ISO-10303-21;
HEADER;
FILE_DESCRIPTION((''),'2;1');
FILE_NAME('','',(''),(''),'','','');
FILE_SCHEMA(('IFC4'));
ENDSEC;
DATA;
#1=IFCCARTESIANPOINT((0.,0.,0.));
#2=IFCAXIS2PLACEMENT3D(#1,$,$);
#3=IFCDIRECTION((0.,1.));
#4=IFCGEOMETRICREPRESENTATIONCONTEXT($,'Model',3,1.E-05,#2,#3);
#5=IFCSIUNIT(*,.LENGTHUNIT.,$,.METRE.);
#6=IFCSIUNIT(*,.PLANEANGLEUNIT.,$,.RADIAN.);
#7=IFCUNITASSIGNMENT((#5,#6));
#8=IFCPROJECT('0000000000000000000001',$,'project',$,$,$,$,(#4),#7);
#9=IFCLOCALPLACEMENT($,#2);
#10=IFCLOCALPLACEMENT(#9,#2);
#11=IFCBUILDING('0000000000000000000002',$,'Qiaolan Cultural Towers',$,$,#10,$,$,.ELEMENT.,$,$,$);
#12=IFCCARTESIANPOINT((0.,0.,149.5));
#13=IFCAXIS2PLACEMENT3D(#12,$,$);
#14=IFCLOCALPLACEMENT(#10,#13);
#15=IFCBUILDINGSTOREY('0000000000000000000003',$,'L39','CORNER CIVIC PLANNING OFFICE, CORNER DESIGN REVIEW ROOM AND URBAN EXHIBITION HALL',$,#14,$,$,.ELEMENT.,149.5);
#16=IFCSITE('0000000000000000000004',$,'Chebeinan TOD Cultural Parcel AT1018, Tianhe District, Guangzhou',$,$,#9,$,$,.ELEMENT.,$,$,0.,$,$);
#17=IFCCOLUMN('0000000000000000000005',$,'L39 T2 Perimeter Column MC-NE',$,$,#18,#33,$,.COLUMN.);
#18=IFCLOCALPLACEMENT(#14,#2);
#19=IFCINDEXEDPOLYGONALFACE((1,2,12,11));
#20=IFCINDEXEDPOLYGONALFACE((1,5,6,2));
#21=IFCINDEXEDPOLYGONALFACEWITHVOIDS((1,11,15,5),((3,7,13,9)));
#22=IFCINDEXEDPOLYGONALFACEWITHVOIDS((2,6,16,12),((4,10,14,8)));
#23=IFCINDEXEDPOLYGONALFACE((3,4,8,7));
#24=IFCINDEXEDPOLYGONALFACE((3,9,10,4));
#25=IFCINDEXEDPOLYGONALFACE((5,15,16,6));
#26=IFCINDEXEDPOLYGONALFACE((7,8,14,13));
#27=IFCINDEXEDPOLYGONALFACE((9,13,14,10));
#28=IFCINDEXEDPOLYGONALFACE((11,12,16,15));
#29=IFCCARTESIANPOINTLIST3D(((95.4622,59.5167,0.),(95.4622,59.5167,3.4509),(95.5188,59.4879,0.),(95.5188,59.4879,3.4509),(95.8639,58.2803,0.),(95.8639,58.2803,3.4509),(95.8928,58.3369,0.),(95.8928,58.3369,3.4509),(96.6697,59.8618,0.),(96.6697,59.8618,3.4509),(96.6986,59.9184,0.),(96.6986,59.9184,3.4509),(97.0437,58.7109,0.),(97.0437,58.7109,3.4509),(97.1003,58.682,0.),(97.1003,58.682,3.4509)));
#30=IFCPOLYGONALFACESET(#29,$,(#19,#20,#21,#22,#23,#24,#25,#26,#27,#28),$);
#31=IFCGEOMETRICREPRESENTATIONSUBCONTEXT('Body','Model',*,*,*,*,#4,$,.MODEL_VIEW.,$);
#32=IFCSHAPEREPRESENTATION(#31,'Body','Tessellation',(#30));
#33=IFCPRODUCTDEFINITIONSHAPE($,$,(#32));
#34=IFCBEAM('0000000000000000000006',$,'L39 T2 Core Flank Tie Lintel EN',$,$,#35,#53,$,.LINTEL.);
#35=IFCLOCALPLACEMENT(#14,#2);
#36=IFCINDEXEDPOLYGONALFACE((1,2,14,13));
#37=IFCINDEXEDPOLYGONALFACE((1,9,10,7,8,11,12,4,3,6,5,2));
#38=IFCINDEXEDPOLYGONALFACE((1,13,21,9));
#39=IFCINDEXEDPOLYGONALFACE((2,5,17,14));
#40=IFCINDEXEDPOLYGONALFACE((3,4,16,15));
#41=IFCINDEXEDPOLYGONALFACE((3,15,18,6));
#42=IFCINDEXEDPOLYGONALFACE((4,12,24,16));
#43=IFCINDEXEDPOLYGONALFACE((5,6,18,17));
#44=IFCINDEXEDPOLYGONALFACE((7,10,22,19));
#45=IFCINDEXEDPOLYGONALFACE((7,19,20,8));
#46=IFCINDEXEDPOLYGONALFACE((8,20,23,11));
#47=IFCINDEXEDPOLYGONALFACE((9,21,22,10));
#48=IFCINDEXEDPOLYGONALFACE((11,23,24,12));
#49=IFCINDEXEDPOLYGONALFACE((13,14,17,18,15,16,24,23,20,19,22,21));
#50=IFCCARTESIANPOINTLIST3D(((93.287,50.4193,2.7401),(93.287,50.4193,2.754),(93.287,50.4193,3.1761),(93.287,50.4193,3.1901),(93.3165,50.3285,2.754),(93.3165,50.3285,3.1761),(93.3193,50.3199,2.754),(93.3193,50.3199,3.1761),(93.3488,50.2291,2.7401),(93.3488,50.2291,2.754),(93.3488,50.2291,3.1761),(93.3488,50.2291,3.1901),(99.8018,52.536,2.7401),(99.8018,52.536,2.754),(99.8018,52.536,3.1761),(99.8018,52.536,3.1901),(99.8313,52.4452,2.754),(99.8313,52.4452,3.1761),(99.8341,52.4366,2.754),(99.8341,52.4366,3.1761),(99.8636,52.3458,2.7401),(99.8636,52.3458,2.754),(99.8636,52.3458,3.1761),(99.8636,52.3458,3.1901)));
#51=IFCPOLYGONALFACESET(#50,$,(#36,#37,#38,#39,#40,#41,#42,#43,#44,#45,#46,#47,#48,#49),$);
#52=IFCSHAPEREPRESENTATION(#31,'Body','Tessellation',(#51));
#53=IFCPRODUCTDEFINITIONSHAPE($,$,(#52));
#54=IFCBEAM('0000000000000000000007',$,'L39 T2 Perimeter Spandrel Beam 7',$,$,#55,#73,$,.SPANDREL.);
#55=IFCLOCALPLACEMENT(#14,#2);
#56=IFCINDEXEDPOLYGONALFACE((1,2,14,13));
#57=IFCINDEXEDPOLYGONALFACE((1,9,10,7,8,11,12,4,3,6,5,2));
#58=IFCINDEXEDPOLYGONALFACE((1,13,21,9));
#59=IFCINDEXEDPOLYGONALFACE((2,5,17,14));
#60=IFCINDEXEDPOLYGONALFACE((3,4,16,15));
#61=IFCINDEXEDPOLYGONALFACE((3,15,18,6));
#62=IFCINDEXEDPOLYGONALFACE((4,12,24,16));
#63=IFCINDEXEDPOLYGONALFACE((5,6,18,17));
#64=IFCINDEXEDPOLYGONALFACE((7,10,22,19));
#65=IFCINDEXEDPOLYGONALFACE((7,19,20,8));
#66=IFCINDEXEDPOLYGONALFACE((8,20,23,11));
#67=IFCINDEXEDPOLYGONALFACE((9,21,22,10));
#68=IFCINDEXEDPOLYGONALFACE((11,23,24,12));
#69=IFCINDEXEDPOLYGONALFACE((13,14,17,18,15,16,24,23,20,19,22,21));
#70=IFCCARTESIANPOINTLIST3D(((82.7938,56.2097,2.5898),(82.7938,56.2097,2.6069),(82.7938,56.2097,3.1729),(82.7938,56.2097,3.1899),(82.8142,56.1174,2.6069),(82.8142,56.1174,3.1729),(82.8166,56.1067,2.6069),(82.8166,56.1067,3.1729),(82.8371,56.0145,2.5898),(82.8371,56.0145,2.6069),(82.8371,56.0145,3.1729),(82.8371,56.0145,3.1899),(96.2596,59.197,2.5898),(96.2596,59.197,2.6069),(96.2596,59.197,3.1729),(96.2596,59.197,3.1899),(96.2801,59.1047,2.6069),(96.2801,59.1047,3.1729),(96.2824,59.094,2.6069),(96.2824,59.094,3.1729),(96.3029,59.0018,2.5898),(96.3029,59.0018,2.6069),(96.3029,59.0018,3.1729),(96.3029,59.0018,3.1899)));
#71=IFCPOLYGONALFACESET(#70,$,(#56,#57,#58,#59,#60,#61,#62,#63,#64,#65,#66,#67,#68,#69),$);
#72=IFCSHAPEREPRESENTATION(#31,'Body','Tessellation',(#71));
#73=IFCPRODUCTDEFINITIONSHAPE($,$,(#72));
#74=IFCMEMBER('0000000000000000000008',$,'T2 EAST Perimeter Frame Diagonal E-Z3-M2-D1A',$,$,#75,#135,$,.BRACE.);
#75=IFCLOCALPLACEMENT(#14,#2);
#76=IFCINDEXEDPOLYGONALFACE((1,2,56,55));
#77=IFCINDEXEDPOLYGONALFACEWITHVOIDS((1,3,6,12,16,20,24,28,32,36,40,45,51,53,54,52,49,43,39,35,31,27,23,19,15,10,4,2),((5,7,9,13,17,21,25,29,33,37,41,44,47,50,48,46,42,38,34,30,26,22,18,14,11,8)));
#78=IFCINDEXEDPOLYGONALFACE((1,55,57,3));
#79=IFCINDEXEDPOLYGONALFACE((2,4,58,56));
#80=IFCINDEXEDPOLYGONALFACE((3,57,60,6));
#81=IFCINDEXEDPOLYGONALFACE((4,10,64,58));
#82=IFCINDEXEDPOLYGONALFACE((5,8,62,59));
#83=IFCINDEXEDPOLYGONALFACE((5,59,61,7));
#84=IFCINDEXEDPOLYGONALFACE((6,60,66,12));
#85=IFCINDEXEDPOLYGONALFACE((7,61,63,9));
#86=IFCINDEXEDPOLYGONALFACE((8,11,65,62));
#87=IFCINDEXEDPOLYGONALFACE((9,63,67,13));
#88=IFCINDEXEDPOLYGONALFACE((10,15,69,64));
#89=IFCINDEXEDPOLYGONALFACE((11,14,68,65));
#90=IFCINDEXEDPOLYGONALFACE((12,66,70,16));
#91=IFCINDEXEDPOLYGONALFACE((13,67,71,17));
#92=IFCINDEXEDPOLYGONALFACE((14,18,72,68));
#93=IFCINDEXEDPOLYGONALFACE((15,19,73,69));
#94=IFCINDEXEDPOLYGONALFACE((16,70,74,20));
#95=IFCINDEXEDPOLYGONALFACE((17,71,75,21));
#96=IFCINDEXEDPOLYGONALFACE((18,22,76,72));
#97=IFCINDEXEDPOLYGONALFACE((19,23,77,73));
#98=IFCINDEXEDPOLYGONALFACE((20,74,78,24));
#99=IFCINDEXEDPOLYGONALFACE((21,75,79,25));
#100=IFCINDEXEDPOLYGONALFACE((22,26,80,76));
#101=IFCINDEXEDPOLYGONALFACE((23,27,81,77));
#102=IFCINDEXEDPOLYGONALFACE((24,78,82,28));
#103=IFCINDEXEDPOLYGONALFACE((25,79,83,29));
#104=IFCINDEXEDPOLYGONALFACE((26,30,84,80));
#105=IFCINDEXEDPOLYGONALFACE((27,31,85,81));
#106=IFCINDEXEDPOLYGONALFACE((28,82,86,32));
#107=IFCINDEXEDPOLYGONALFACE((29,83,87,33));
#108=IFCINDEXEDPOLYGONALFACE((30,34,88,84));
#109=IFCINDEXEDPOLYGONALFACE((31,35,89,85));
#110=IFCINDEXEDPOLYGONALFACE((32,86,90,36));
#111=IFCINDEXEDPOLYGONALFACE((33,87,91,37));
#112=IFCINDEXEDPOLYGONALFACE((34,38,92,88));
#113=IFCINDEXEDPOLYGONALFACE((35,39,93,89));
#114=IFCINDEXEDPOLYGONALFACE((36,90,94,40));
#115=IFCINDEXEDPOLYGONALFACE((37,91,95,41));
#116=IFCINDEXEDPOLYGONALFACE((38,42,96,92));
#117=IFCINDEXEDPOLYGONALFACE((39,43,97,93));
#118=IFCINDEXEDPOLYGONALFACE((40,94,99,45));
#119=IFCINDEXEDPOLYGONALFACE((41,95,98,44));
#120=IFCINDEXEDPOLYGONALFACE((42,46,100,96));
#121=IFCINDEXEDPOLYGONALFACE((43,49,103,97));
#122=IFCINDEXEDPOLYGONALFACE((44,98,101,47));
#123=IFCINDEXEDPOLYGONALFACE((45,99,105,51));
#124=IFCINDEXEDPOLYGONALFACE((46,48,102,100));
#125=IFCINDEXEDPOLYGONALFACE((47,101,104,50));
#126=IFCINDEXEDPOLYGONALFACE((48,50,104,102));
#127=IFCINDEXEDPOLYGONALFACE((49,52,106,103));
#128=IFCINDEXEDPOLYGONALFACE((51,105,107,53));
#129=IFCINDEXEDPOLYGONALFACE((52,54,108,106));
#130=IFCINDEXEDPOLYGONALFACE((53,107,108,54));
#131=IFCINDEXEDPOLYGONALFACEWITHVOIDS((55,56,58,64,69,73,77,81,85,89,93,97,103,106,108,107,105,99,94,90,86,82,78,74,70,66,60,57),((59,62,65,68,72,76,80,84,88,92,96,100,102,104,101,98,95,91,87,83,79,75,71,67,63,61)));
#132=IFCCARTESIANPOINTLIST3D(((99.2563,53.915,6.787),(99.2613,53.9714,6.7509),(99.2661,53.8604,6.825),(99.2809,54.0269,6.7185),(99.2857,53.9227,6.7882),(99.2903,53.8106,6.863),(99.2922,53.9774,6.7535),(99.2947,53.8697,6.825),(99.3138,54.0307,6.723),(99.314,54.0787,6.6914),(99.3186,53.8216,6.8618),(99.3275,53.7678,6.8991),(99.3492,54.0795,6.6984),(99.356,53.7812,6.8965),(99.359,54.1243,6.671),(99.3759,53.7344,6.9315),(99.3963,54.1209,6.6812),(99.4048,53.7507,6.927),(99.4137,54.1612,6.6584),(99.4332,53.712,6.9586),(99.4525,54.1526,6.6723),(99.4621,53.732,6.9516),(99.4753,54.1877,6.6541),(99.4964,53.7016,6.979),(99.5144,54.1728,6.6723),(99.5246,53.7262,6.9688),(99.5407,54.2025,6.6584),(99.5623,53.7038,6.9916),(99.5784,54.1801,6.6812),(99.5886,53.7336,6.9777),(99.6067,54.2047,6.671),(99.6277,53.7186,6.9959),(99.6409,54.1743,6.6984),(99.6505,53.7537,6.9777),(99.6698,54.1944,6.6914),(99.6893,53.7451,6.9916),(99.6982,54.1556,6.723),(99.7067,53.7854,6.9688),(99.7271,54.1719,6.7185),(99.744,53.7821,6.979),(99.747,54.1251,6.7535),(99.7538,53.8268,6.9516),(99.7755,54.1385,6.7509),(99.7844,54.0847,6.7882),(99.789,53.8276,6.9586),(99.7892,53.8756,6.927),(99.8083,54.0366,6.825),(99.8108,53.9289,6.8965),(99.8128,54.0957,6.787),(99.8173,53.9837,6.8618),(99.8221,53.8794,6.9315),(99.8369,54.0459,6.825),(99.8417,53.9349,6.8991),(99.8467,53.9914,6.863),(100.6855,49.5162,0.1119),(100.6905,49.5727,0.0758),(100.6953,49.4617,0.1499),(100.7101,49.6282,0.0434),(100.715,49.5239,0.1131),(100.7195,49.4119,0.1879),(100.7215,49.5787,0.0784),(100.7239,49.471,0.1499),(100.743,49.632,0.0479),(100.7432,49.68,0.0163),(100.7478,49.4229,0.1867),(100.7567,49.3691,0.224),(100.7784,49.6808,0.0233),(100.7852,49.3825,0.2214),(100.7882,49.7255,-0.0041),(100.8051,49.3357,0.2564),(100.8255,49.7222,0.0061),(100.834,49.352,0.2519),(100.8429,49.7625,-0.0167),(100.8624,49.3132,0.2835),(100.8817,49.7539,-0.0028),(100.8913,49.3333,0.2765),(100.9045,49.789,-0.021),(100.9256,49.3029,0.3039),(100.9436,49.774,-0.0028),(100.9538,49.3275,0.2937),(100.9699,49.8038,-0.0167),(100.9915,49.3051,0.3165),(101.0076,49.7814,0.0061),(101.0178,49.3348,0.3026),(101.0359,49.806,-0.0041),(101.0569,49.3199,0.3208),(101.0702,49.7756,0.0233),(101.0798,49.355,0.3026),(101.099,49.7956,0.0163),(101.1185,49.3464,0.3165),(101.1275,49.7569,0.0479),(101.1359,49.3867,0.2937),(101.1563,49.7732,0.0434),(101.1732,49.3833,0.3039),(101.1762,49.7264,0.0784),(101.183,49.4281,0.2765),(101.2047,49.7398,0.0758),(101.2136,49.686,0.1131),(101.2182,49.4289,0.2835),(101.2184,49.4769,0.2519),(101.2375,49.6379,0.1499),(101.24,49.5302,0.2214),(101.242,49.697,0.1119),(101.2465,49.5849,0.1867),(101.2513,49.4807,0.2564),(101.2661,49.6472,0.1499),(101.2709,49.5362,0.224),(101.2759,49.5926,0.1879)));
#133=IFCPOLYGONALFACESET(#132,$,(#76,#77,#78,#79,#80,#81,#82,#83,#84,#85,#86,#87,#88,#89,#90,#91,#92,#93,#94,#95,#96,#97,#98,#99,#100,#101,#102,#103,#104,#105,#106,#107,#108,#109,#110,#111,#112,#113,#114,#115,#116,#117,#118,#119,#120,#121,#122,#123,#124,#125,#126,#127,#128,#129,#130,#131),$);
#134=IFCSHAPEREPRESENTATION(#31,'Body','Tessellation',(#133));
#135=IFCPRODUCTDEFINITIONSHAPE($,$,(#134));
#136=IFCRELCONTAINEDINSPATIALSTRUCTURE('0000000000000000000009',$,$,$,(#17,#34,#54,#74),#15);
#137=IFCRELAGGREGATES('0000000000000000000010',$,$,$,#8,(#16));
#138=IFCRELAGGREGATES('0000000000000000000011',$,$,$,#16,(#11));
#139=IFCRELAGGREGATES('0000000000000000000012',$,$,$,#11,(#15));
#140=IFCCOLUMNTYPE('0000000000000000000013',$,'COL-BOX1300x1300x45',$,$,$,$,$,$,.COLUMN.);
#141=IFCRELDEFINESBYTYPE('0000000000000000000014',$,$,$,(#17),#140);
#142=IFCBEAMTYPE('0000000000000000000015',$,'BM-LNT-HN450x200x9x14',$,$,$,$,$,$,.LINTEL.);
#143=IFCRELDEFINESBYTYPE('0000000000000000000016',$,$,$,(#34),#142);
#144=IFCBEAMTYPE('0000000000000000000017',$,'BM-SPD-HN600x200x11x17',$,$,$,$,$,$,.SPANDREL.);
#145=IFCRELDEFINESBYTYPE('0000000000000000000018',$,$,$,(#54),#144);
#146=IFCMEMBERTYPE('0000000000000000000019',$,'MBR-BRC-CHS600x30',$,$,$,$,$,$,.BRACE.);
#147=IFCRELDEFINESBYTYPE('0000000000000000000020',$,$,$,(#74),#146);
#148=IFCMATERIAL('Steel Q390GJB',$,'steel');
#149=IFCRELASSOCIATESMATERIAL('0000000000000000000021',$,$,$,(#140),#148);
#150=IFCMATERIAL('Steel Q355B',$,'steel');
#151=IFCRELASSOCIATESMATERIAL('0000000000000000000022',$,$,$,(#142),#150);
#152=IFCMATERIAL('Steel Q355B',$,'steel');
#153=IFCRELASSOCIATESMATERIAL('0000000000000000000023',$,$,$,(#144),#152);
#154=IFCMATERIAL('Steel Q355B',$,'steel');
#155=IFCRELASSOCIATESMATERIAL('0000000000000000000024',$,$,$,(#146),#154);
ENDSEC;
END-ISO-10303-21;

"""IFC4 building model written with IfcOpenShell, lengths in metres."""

from ifc_helpers import new_model, si_unit, direction, frame, origin, origin_2d, place, context, subcontext, project, spatial, hollow_rectangle, hollow_circle, i_section, extrude, material, material_profile, profile_set, type_object, element, save


model = new_model("IFC4")

# Units and contexts
model_context = context("Model", 3, precision=1e-05, world=origin(), true_north=direction((0.0, 1.0)))
body_context = subcontext(model_context, "Body", "Model", "MODEL_VIEW")
ifc_project = project(units=[si_unit("LENGTHUNIT", "METRE"), si_unit("PLANEANGLEUNIT", "RADIAN")], contexts=[model_context])

# Site, building, storey
site_placement = place(None, origin())
site = spatial("IfcSite", under=ifc_project, at=site_placement, Name="Chebeinan TOD Cultural Parcel AT1018, Tianhe District, Guangzhou", CompositionType="ELEMENT", RefElevation=0.0)
building_placement = place(site_placement, origin())
building = spatial("IfcBuilding", under=site, at=building_placement, Name="Qiaolan Cultural Towers", CompositionType="ELEMENT")
storey_placement = place(building_placement, frame((0.0, 0.0, 149.5)))
storey = spatial("IfcBuildingStorey", under=building, at=storey_placement, Name="L39", Description="CORNER CIVIC PLANNING OFFICE, CORNER DESIGN REVIEW ROOM AND URBAN EXHIBITION HALL", CompositionType="ELEMENT", Elevation=149.5)

# Column
ifc_material_1 = material(Name="Steel Q390GJB", Category="steel")
ifc_material_profile_1 = material_profile(ifc_material_1, hollow_rectangle(XDim=1.3, YDim=1.3, WallThickness=0.0449, at=origin_2d()), Name="BOX1300x1300x45")
ifc_profile_set_1 = profile_set([ifc_material_profile_1], Name="Steel Q390GJB")
column_type = type_object("IfcColumnType", Name="COL-BOX1300x1300x45", PredefinedType="COLUMN", material=ifc_profile_set_1)
column_placement = place(storey_placement, frame((96.2812, 59.0994, 0.0), z_axis=(0.0, 0.0, 1.0), x_axis=(0.951057, 0.309017, 0.0)))
element("IfcColumn", 1, at=column_placement, inside=storey, type_object=column_type, Name="L39 T2 Perimeter Column MC-NE", PredefinedType="COLUMN", context=body_context, shape_type="SweptSolid", body=[
    extrude(hollow_rectangle(XDim=1.3, YDim=1.3, WallThickness=0.0449, at=origin_2d()), origin(), (0.0, 0.0, 1.0), 3.4509),
])

# Beams
ifc_material_2 = material(Name="Steel Q355B", Category="steel")
ifc_material_profile_2 = material_profile(ifc_material_2, i_section(OverallWidth=0.2, OverallDepth=0.45, WebThickness=0.009, FlangeThickness=0.0139, at=origin_2d()), Name="HN450x200x9x14")
ifc_profile_set_2 = profile_set([ifc_material_profile_2], Name="Steel Q355B")
beam_type_1 = type_object("IfcBeamType", Name="BM-LNT-HN450x200x9x14", PredefinedType="LINTEL", material=ifc_profile_set_2)
beam_1_placement = place(storey_placement, frame((93.3179, 50.3242, 2.9651), z_axis=(0.951062, 0.309001, 0.0), x_axis=(-0.309001, 0.951062, 0.0)))
element("IfcBeam", 2, at=beam_1_placement, inside=storey, type_object=beam_type_1, Name="L39 T2 Core Flank Tie Lintel EN", PredefinedType="LINTEL", context=body_context, shape_type="SweptSolid", body=[
    extrude(i_section(OverallWidth=0.2, OverallDepth=0.45, WebThickness=0.009, FlangeThickness=0.0139, at=origin_2d()), origin(), (0.0, 0.0, 1.0), 6.8501),
])
ifc_material_3 = material(Name="Steel Q355B", Category="steel")
ifc_material_profile_3 = material_profile(ifc_material_3, i_section(OverallWidth=0.2, OverallDepth=0.6001, WebThickness=0.011, FlangeThickness=0.0171, at=origin_2d()), Name="HN600x200x11x17")
ifc_profile_set_3 = profile_set([ifc_material_profile_3], Name="Steel Q355B")
beam_type_2 = type_object("IfcBeamType", Name="BM-SPD-HN600x200x11x17", PredefinedType="SPANDREL", material=ifc_profile_set_3)
beam_2_placement = place(storey_placement, frame((96.2812, 59.0994, 2.8899), z_axis=(-0.976265, -0.216578, 0.0), x_axis=(0.216578, -0.976265, 0.0)))
element("IfcBeam", 3, at=beam_2_placement, inside=storey, type_object=beam_type_2, Name="L39 T2 Perimeter Spandrel Beam 7", PredefinedType="SPANDREL", context=body_context, shape_type="SweptSolid", body=[
    extrude(i_section(OverallWidth=0.2, OverallDepth=0.6001, WebThickness=0.011, FlangeThickness=0.0171, at=origin_2d()), origin(), (0.0, 0.0, 1.0), 13.7932),
])

# Member
ifc_material_4 = material(Name="Steel Q355B", Category="steel")
ifc_material_profile_4 = material_profile(ifc_material_4, hollow_circle(Radius=0.3, WallThickness=0.03, at=origin_2d()), Name="CHS600x30")
ifc_profile_set_4 = profile_set([ifc_material_profile_4], Name="Steel Q355B")
member_type = type_object("IfcMemberType", Name="MBR-BRC-CHS600x30", PredefinedType="BRACE", material=ifc_profile_set_4)
for number, where, z_axis, x_axis, name in (
    (4, (100.9807, 49.5544, 0.1499), (-0.175993, 0.541657, 0.82197), (-0.951058, -0.309013, 0.0), "T2 EAST Perimeter Frame Diagonal E-Z3-M2-D1A"),
):
    element("IfcMember", number, at=place(storey_placement, frame(where, z_axis=z_axis, x_axis=x_axis)), inside=storey, type_object=member_type, Name=name, PredefinedType="BRACE", context=body_context, shape_type="SweptSolid", body=[
        extrude(hollow_circle(Radius=0.3, WallThickness=0.03, at=origin_2d()), origin(), (0.0, 0.0, 1.0), 8.1208),
    ])

save(model, "model.ifc")
